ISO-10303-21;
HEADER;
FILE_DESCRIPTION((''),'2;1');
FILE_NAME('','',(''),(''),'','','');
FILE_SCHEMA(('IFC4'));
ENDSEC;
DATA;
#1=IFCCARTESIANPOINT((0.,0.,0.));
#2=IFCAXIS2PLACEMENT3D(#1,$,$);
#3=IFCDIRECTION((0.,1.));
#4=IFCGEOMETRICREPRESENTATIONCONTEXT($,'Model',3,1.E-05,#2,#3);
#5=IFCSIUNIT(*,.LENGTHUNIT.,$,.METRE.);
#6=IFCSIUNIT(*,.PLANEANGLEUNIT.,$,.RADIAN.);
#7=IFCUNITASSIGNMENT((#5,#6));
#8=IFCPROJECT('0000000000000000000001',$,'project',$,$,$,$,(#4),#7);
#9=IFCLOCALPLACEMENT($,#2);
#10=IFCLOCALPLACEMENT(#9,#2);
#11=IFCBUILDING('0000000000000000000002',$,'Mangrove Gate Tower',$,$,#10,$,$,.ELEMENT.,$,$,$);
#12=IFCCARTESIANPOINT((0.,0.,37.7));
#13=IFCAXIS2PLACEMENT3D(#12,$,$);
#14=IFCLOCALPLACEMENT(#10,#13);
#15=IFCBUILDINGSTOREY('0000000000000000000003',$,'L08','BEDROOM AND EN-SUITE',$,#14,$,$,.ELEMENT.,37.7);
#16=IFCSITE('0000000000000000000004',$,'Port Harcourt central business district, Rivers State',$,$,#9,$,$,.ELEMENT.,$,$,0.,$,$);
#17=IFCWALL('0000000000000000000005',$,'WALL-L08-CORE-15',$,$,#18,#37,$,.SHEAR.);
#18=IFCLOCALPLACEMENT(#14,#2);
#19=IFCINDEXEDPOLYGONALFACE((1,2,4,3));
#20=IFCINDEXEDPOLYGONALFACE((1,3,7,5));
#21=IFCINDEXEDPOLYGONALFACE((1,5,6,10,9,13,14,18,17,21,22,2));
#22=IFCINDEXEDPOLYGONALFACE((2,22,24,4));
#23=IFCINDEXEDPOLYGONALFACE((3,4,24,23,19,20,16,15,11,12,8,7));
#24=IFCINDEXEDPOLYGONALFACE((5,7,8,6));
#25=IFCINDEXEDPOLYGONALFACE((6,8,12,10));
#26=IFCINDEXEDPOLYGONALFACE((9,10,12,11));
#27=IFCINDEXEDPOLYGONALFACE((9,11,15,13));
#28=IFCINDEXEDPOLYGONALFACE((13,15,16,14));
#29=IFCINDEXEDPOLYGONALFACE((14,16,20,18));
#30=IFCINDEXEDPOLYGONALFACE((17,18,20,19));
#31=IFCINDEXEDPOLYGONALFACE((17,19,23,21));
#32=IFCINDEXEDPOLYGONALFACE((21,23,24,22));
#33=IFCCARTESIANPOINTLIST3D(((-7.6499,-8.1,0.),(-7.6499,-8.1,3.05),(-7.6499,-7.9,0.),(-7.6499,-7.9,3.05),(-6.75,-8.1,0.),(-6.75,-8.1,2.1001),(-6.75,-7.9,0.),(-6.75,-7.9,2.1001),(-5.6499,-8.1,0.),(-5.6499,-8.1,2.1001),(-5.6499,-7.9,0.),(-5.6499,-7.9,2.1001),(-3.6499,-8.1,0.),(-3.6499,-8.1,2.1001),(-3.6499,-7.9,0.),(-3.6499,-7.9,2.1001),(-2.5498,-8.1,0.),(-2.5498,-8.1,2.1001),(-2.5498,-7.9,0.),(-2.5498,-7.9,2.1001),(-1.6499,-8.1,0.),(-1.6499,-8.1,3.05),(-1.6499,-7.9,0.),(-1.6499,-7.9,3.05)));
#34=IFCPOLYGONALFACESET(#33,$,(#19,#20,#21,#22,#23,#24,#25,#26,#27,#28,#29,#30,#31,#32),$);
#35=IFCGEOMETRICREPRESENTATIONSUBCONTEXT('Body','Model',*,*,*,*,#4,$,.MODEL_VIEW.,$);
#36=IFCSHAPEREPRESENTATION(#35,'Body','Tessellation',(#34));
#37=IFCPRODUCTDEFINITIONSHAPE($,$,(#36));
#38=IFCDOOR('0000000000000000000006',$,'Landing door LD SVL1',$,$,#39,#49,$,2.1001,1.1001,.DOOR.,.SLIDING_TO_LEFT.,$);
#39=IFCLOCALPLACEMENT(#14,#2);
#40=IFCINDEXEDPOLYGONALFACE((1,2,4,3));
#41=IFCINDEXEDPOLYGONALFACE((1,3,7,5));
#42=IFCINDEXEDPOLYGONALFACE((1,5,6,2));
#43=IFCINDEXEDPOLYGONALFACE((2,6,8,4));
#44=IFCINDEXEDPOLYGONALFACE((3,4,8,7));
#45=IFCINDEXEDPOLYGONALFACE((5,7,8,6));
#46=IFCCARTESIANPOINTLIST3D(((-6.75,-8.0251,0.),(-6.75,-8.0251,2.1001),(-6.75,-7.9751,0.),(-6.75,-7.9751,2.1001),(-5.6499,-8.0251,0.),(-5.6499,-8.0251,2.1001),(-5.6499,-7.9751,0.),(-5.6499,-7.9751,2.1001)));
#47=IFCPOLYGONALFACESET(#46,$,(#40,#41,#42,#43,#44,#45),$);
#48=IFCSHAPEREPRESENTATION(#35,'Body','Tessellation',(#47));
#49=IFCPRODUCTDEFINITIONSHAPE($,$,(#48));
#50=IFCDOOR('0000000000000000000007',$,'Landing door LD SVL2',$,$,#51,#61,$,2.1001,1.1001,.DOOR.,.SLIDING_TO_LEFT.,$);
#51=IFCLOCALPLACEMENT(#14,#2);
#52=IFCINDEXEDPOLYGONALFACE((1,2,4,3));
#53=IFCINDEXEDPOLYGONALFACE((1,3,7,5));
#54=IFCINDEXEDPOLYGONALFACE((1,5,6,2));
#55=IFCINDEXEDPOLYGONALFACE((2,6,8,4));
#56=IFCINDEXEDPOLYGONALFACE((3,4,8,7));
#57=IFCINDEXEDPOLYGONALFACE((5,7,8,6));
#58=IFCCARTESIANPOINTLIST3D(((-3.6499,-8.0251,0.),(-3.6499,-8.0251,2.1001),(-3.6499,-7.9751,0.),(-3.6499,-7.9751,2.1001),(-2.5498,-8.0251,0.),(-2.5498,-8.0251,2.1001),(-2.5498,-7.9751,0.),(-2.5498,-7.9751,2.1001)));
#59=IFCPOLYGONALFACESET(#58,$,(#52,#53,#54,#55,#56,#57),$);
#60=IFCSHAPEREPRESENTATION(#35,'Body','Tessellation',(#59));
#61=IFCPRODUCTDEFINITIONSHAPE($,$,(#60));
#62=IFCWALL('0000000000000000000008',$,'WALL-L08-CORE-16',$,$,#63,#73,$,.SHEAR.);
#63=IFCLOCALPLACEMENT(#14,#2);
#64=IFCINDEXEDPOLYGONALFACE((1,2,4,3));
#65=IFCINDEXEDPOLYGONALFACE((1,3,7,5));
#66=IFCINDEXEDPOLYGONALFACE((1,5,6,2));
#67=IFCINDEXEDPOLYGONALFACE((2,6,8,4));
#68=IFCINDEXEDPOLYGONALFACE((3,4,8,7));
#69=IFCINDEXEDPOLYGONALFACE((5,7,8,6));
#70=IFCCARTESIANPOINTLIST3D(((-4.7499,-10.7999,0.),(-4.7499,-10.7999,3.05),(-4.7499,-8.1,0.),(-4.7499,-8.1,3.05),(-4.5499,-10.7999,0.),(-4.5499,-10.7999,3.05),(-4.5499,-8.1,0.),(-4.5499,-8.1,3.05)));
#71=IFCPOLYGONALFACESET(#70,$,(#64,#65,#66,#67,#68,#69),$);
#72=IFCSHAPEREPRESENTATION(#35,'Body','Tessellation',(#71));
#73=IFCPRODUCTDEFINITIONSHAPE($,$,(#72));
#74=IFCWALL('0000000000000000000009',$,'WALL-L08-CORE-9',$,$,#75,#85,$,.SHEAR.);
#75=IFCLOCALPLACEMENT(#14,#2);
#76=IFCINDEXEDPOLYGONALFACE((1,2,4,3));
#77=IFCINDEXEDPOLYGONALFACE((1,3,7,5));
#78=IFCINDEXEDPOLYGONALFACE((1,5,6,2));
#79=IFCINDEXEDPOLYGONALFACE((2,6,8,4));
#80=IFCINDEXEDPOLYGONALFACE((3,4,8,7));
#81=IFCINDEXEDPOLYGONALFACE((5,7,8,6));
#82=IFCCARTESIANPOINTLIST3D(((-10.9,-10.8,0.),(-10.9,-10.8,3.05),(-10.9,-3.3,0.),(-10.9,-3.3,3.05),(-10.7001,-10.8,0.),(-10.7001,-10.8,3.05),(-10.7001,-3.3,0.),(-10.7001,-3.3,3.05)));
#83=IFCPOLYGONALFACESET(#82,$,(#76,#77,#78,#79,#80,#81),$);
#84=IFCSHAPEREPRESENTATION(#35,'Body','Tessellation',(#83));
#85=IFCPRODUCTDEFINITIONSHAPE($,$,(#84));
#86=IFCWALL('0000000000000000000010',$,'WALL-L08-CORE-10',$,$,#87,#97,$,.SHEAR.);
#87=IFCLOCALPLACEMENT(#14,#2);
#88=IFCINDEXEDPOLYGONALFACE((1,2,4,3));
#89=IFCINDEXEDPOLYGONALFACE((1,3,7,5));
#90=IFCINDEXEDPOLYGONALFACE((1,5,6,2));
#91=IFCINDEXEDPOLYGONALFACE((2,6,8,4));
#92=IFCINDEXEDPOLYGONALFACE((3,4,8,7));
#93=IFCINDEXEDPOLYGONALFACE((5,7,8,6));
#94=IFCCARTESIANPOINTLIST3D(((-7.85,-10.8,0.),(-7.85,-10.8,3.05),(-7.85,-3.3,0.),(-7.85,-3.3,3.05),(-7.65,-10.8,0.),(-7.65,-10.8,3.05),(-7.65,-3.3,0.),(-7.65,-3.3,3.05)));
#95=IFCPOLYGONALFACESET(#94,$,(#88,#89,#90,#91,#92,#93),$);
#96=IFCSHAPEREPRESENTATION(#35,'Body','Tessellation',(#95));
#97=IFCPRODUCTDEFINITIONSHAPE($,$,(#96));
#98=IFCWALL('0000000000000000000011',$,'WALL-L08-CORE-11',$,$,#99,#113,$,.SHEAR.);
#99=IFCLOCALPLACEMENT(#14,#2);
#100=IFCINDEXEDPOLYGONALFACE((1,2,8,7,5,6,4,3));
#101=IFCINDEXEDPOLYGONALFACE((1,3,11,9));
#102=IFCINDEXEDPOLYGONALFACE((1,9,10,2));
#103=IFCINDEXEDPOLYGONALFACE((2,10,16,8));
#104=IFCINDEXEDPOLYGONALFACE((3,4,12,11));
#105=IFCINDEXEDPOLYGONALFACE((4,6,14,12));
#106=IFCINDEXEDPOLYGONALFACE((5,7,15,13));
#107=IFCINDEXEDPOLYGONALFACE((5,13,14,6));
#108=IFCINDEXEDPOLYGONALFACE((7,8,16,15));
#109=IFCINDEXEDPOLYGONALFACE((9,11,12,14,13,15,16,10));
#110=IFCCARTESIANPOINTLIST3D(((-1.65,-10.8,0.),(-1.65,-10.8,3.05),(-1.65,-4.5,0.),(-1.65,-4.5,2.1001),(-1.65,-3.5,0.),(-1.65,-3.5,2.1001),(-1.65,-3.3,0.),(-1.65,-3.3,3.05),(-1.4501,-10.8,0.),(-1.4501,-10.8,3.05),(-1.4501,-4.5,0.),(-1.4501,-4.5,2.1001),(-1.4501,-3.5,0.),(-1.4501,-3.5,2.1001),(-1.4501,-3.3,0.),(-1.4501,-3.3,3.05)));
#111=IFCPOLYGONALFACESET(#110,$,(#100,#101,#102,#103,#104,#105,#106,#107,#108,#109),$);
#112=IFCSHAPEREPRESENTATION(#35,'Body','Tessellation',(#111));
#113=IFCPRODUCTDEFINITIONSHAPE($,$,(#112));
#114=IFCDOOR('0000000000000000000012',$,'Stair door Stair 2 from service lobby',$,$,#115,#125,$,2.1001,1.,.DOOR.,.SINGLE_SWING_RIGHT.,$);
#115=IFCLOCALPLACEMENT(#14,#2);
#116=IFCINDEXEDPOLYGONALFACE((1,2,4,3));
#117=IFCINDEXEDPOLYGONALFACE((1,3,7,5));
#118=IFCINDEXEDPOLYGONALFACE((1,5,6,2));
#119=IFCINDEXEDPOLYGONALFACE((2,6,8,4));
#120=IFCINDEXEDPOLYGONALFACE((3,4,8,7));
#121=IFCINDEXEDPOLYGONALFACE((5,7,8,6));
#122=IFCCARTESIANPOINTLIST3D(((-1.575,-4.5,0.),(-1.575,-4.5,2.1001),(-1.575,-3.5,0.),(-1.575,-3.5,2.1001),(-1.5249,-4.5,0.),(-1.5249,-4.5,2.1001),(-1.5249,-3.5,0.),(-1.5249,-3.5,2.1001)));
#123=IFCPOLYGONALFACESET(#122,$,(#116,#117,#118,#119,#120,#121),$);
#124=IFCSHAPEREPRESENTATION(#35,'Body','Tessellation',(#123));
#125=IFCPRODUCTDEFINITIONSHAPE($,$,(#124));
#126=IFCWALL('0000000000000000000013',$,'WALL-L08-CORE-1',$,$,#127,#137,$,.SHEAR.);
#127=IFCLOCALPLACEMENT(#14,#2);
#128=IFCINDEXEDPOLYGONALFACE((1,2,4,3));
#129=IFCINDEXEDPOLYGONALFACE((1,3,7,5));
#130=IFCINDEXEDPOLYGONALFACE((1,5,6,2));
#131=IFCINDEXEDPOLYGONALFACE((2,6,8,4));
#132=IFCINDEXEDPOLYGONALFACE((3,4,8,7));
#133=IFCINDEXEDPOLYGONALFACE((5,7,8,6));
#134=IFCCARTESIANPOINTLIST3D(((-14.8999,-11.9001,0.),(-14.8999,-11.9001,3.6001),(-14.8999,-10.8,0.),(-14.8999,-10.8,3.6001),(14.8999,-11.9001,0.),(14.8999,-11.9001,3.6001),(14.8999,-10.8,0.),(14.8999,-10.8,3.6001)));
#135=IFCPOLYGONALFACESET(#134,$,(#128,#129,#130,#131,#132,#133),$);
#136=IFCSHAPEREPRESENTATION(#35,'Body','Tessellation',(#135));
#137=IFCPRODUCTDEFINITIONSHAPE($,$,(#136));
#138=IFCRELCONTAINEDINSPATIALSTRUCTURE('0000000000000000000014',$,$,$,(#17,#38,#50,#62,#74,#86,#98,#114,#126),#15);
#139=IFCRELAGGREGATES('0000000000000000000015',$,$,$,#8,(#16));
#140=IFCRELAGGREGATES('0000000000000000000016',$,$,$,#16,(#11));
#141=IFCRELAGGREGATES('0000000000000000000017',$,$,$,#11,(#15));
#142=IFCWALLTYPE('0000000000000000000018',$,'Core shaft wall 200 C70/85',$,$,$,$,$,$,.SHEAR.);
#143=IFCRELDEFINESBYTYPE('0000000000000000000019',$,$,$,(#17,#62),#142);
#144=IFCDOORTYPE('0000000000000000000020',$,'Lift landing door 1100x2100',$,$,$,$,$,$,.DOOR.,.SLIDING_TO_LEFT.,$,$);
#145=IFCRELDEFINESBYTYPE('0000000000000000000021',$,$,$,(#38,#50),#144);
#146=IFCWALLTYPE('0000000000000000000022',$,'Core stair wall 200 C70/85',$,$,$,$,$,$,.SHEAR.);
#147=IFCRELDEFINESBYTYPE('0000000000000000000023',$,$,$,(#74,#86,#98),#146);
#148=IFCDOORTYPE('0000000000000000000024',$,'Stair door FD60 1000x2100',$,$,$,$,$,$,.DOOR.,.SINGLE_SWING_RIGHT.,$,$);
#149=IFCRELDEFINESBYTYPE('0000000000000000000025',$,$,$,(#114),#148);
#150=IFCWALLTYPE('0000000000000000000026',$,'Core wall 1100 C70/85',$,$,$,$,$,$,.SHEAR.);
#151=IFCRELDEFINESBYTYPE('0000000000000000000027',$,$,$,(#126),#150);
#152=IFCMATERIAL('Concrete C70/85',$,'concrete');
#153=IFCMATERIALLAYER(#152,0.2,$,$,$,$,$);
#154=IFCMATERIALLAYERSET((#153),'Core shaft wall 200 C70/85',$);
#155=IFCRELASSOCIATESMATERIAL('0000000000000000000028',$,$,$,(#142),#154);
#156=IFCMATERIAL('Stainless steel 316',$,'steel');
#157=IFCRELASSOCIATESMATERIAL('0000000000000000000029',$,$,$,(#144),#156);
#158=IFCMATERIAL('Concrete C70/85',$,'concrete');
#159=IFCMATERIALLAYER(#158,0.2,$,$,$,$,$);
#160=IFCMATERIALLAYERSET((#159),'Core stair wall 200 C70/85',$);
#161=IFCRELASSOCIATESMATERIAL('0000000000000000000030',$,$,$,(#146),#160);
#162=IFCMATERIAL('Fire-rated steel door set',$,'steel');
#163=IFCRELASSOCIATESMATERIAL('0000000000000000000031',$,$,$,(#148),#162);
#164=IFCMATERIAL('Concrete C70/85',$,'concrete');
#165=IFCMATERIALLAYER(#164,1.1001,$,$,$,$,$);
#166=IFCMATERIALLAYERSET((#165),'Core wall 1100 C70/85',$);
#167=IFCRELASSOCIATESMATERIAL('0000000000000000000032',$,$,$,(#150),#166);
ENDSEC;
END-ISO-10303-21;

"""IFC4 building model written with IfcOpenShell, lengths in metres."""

from ifc_helpers import new_model, si_unit, direction, frame, frame_2d, origin, place, context, subcontext, project, spatial, rectangle, extrude, material, layer, layer_set, type_object, element, fill, save


model = new_model("IFC4")

# Units and contexts
model_context = context("Model", 3, precision=1e-05, world=origin(), true_north=direction((0.0, 1.0)))
body_context = subcontext(model_context, "Body", "Model", "MODEL_VIEW")
ifc_project = project(units=[si_unit("LENGTHUNIT", "METRE"), si_unit("PLANEANGLEUNIT", "RADIAN")], contexts=[model_context])

# Site, building, storey
site_placement = place(None, origin())
site = spatial("IfcSite", under=ifc_project, at=site_placement, Name="Port Harcourt central business district, Rivers State", CompositionType="ELEMENT", RefElevation=0.0)
building_placement = place(site_placement, origin())
building = spatial("IfcBuilding", under=site, at=building_placement, Name="Mangrove Gate Tower", CompositionType="ELEMENT")
storey_placement = place(building_placement, frame((0.0, 0.0, 37.7)))
storey = spatial("IfcBuildingStorey", under=building, at=storey_placement, Name="L08", Description="BEDROOM AND EN-SUITE", CompositionType="ELEMENT", Elevation=37.7)

# Wall, openings, doors
ifc_material_1 = material(Name="Concrete C70/85", Category="concrete")
ifc_layer_1 = layer(ifc_material_1, 0.2)
ifc_layer_set_1 = layer_set([ifc_layer_1], Name="Core shaft wall 200 C70/85")
wall_type_1 = type_object("IfcWallType", Name="Core shaft wall 200 C70/85", PredefinedType="SHEAR", material=ifc_layer_set_1)
wall_1_placement = place(storey_placement, frame((-7.6499, -8.0, 0.0), z_axis=(0.0, 0.0, 1.0), x_axis=(1.0, 0.0, 0.0)))
wall_1 = element("IfcWall", 1, at=wall_1_placement, inside=storey, type_object=wall_type_1, Name="WALL-L08-CORE-15", PredefinedType="SHEAR", context=body_context, shape_type="SweptSolid", body=[
    extrude(rectangle(XDim=6.0, YDim=0.2, at=frame_2d((3.0, 0.0))), origin(), (0.0, 0.0, 1.0), 3.05),
])
opening_1_placement = place(wall_1_placement, frame((0.8999, 0.0, 0.0)))
opening_1 = element("IfcOpeningElement", 2, at=opening_1_placement, cuts=wall_1, PredefinedType="OPENING", context=body_context, shape_type="SweptSolid", body=[
    extrude(rectangle(XDim=1.1001, YDim=2.1001, at=frame_2d((0.55, 1.05))), frame((0.0, 0.1099, 0.0), z_axis=(0.0, -1.0, 0.0), x_axis=(1.0, 0.0, 0.0)), (0.0, 0.0, 1.0), 0.22),
])
opening_2_placement = place(wall_1_placement, frame((4.0, 0.0, 0.0)))
opening_2 = element("IfcOpeningElement", 3, at=opening_2_placement, cuts=wall_1, PredefinedType="OPENING", context=body_context, shape_type="SweptSolid", body=[
    extrude(rectangle(XDim=1.1001, YDim=2.1001, at=frame_2d((0.55, 1.05))), frame((0.0, 0.1099, 0.0), z_axis=(0.0, -1.0, 0.0), x_axis=(1.0, 0.0, 0.0)), (0.0, 0.0, 1.0), 0.22),
])
ifc_material_2 = material(Name="Stainless steel 316", Category="steel")
door_type_1 = type_object("IfcDoorType", Name="Lift landing door 1100x2100", OperationType="SLIDING_TO_LEFT", PredefinedType="DOOR", material=ifc_material_2)
door_1_placement = place(opening_1_placement, origin())
door_1 = element("IfcDoor", 4, at=door_1_placement, inside=storey, type_object=door_type_1, Name="Landing door LD SVL1", OperationType="SLIDING_TO_LEFT", OverallHeight=2.1001, OverallWidth=1.1001, PredefinedType="DOOR", context=body_context, shape_type="SweptSolid", body=[
    extrude(rectangle(XDim=1.1001, YDim=2.1001, at=frame_2d((0.55, 1.05))), frame((0.0, 0.0249, 0.0), z_axis=(0.0, -1.0, 0.0), x_axis=(1.0, 0.0, 0.0)), (0.0, 0.0, 1.0), 0.05),
])
fill(opening_1, door_1)
door_2_placement = place(opening_2_placement, origin())
door_2 = element("IfcDoor", 5, at=door_2_placement, inside=storey, type_object=door_type_1, Name="Landing door LD SVL2", OperationType="SLIDING_TO_LEFT", OverallHeight=2.1001, OverallWidth=1.1001, PredefinedType="DOOR", context=body_context, shape_type="SweptSolid", body=[
    extrude(rectangle(XDim=1.1001, YDim=2.1001, at=frame_2d((0.55, 1.05))), frame((0.0, 0.0249, 0.0), z_axis=(0.0, -1.0, 0.0), x_axis=(1.0, 0.0, 0.0)), (0.0, 0.0, 1.0), 0.05),
])
fill(opening_2, door_2)

# Walls
wall_2_placement = place(storey_placement, frame((-4.6499, -10.8, 0.0), z_axis=(0.0, 0.0, 1.0), x_axis=(0.0, 1.0, 0.0)))
element("IfcWall", 6, at=wall_2_placement, inside=storey, type_object=wall_type_1, Name="WALL-L08-CORE-16", PredefinedType="SHEAR", context=body_context, shape_type="SweptSolid", body=[
    extrude(rectangle(XDim=2.7, YDim=0.2, at=frame_2d((1.3501, 0.0))), origin(), (0.0, 0.0, 1.0), 3.05),
])
ifc_material_3 = material(Name="Concrete C70/85", Category="concrete")
ifc_layer_2 = layer(ifc_material_3, 0.2)
ifc_layer_set_2 = layer_set([ifc_layer_2], Name="Core stair wall 200 C70/85")
wall_type_2 = type_object("IfcWallType", Name="Core stair wall 200 C70/85", PredefinedType="SHEAR", material=ifc_layer_set_2)
for number, where, z_axis, x_axis, name in (
    (7, (-10.8, -10.8, 0.0), (0.0, 0.0, 1.0), (0.0, 1.0, 0.0), "WALL-L08-CORE-9"),
    (8, (-7.75, -10.8, 0.0), (0.0, 0.0, 1.0), (0.0, 1.0, 0.0), "WALL-L08-CORE-10"),
):
    element("IfcWall", number, at=place(storey_placement, frame(where, z_axis=z_axis, x_axis=x_axis)), inside=storey, type_object=wall_type_2, Name=name, PredefinedType="SHEAR", context=body_context, shape_type="SweptSolid", body=[
        extrude(rectangle(XDim=7.5, YDim=0.2, at=frame_2d((3.75, 0.0))), origin(), (0.0, 0.0, 1.0), 3.05),
    ])

# Wall, opening, door
wall_3_placement = place(storey_placement, frame((-1.55, -10.8, 0.0), z_axis=(0.0, 0.0, 1.0), x_axis=(0.0, 1.0, 0.0)))
wall_3 = element("IfcWall", 9, at=wall_3_placement, inside=storey, type_object=wall_type_2, Name="WALL-L08-CORE-11", PredefinedType="SHEAR", context=body_context, shape_type="SweptSolid", body=[
    extrude(rectangle(XDim=7.5, YDim=0.2, at=frame_2d((3.75, 0.0))), origin(), (0.0, 0.0, 1.0), 3.05),
])
opening_3_placement = place(wall_3_placement, frame((6.3, 0.0, 0.0)))
opening_3 = element("IfcOpeningElement", 10, at=opening_3_placement, cuts=wall_3, PredefinedType="OPENING", context=body_context, shape_type="SweptSolid", body=[
    extrude(rectangle(XDim=1.0, YDim=2.1001, at=frame_2d((0.5, 1.05))), frame((0.0, 0.1099, 0.0), z_axis=(0.0, -1.0, 0.0), x_axis=(1.0, 0.0, 0.0)), (0.0, 0.0, 1.0), 0.22),
])
ifc_material_4 = material(Name="Fire-rated steel door set", Category="steel")
door_type_2 = type_object("IfcDoorType", Name="Stair door FD60 1000x2100", OperationType="SINGLE_SWING_RIGHT", PredefinedType="DOOR", material=ifc_material_4)
door_3_placement = place(opening_3_placement, origin())
door_3 = element("IfcDoor", 11, at=door_3_placement, inside=storey, type_object=door_type_2, Name="Stair door Stair 2 from service lobby", OperationType="SINGLE_SWING_RIGHT", OverallHeight=2.1001, OverallWidth=1.0, PredefinedType="DOOR", context=body_context, shape_type="SweptSolid", body=[
    extrude(rectangle(XDim=1.0, YDim=2.1001, at=frame_2d((0.5, 1.05))), frame((0.0, 0.0249, 0.0), z_axis=(0.0, -1.0, 0.0), x_axis=(1.0, 0.0, 0.0)), (0.0, 0.0, 1.0), 0.05),
])
fill(opening_3, door_3)

# Wall
ifc_material_5 = material(Name="Concrete C70/85", Category="concrete")
ifc_layer_3 = layer(ifc_material_5, 1.1001)
ifc_layer_set_3 = layer_set([ifc_layer_3], Name="Core wall 1100 C70/85")
wall_type_3 = type_object("IfcWallType", Name="Core wall 1100 C70/85", PredefinedType="SHEAR", material=ifc_layer_set_3)
wall_4_placement = place(storey_placement, frame((-14.8999, -11.3501, 0.0), z_axis=(0.0, 0.0, 1.0), x_axis=(1.0, 0.0, 0.0)))
element("IfcWall", 12, at=wall_4_placement, inside=storey, type_object=wall_type_3, Name="WALL-L08-CORE-1", PredefinedType="SHEAR", context=body_context, shape_type="SweptSolid", body=[
    extrude(rectangle(XDim=29.7998, YDim=1.1001, at=frame_2d((14.8999, 0.0))), origin(), (0.0, 0.0, 1.0), 3.6001),
])

save(model, "model.ifc")
